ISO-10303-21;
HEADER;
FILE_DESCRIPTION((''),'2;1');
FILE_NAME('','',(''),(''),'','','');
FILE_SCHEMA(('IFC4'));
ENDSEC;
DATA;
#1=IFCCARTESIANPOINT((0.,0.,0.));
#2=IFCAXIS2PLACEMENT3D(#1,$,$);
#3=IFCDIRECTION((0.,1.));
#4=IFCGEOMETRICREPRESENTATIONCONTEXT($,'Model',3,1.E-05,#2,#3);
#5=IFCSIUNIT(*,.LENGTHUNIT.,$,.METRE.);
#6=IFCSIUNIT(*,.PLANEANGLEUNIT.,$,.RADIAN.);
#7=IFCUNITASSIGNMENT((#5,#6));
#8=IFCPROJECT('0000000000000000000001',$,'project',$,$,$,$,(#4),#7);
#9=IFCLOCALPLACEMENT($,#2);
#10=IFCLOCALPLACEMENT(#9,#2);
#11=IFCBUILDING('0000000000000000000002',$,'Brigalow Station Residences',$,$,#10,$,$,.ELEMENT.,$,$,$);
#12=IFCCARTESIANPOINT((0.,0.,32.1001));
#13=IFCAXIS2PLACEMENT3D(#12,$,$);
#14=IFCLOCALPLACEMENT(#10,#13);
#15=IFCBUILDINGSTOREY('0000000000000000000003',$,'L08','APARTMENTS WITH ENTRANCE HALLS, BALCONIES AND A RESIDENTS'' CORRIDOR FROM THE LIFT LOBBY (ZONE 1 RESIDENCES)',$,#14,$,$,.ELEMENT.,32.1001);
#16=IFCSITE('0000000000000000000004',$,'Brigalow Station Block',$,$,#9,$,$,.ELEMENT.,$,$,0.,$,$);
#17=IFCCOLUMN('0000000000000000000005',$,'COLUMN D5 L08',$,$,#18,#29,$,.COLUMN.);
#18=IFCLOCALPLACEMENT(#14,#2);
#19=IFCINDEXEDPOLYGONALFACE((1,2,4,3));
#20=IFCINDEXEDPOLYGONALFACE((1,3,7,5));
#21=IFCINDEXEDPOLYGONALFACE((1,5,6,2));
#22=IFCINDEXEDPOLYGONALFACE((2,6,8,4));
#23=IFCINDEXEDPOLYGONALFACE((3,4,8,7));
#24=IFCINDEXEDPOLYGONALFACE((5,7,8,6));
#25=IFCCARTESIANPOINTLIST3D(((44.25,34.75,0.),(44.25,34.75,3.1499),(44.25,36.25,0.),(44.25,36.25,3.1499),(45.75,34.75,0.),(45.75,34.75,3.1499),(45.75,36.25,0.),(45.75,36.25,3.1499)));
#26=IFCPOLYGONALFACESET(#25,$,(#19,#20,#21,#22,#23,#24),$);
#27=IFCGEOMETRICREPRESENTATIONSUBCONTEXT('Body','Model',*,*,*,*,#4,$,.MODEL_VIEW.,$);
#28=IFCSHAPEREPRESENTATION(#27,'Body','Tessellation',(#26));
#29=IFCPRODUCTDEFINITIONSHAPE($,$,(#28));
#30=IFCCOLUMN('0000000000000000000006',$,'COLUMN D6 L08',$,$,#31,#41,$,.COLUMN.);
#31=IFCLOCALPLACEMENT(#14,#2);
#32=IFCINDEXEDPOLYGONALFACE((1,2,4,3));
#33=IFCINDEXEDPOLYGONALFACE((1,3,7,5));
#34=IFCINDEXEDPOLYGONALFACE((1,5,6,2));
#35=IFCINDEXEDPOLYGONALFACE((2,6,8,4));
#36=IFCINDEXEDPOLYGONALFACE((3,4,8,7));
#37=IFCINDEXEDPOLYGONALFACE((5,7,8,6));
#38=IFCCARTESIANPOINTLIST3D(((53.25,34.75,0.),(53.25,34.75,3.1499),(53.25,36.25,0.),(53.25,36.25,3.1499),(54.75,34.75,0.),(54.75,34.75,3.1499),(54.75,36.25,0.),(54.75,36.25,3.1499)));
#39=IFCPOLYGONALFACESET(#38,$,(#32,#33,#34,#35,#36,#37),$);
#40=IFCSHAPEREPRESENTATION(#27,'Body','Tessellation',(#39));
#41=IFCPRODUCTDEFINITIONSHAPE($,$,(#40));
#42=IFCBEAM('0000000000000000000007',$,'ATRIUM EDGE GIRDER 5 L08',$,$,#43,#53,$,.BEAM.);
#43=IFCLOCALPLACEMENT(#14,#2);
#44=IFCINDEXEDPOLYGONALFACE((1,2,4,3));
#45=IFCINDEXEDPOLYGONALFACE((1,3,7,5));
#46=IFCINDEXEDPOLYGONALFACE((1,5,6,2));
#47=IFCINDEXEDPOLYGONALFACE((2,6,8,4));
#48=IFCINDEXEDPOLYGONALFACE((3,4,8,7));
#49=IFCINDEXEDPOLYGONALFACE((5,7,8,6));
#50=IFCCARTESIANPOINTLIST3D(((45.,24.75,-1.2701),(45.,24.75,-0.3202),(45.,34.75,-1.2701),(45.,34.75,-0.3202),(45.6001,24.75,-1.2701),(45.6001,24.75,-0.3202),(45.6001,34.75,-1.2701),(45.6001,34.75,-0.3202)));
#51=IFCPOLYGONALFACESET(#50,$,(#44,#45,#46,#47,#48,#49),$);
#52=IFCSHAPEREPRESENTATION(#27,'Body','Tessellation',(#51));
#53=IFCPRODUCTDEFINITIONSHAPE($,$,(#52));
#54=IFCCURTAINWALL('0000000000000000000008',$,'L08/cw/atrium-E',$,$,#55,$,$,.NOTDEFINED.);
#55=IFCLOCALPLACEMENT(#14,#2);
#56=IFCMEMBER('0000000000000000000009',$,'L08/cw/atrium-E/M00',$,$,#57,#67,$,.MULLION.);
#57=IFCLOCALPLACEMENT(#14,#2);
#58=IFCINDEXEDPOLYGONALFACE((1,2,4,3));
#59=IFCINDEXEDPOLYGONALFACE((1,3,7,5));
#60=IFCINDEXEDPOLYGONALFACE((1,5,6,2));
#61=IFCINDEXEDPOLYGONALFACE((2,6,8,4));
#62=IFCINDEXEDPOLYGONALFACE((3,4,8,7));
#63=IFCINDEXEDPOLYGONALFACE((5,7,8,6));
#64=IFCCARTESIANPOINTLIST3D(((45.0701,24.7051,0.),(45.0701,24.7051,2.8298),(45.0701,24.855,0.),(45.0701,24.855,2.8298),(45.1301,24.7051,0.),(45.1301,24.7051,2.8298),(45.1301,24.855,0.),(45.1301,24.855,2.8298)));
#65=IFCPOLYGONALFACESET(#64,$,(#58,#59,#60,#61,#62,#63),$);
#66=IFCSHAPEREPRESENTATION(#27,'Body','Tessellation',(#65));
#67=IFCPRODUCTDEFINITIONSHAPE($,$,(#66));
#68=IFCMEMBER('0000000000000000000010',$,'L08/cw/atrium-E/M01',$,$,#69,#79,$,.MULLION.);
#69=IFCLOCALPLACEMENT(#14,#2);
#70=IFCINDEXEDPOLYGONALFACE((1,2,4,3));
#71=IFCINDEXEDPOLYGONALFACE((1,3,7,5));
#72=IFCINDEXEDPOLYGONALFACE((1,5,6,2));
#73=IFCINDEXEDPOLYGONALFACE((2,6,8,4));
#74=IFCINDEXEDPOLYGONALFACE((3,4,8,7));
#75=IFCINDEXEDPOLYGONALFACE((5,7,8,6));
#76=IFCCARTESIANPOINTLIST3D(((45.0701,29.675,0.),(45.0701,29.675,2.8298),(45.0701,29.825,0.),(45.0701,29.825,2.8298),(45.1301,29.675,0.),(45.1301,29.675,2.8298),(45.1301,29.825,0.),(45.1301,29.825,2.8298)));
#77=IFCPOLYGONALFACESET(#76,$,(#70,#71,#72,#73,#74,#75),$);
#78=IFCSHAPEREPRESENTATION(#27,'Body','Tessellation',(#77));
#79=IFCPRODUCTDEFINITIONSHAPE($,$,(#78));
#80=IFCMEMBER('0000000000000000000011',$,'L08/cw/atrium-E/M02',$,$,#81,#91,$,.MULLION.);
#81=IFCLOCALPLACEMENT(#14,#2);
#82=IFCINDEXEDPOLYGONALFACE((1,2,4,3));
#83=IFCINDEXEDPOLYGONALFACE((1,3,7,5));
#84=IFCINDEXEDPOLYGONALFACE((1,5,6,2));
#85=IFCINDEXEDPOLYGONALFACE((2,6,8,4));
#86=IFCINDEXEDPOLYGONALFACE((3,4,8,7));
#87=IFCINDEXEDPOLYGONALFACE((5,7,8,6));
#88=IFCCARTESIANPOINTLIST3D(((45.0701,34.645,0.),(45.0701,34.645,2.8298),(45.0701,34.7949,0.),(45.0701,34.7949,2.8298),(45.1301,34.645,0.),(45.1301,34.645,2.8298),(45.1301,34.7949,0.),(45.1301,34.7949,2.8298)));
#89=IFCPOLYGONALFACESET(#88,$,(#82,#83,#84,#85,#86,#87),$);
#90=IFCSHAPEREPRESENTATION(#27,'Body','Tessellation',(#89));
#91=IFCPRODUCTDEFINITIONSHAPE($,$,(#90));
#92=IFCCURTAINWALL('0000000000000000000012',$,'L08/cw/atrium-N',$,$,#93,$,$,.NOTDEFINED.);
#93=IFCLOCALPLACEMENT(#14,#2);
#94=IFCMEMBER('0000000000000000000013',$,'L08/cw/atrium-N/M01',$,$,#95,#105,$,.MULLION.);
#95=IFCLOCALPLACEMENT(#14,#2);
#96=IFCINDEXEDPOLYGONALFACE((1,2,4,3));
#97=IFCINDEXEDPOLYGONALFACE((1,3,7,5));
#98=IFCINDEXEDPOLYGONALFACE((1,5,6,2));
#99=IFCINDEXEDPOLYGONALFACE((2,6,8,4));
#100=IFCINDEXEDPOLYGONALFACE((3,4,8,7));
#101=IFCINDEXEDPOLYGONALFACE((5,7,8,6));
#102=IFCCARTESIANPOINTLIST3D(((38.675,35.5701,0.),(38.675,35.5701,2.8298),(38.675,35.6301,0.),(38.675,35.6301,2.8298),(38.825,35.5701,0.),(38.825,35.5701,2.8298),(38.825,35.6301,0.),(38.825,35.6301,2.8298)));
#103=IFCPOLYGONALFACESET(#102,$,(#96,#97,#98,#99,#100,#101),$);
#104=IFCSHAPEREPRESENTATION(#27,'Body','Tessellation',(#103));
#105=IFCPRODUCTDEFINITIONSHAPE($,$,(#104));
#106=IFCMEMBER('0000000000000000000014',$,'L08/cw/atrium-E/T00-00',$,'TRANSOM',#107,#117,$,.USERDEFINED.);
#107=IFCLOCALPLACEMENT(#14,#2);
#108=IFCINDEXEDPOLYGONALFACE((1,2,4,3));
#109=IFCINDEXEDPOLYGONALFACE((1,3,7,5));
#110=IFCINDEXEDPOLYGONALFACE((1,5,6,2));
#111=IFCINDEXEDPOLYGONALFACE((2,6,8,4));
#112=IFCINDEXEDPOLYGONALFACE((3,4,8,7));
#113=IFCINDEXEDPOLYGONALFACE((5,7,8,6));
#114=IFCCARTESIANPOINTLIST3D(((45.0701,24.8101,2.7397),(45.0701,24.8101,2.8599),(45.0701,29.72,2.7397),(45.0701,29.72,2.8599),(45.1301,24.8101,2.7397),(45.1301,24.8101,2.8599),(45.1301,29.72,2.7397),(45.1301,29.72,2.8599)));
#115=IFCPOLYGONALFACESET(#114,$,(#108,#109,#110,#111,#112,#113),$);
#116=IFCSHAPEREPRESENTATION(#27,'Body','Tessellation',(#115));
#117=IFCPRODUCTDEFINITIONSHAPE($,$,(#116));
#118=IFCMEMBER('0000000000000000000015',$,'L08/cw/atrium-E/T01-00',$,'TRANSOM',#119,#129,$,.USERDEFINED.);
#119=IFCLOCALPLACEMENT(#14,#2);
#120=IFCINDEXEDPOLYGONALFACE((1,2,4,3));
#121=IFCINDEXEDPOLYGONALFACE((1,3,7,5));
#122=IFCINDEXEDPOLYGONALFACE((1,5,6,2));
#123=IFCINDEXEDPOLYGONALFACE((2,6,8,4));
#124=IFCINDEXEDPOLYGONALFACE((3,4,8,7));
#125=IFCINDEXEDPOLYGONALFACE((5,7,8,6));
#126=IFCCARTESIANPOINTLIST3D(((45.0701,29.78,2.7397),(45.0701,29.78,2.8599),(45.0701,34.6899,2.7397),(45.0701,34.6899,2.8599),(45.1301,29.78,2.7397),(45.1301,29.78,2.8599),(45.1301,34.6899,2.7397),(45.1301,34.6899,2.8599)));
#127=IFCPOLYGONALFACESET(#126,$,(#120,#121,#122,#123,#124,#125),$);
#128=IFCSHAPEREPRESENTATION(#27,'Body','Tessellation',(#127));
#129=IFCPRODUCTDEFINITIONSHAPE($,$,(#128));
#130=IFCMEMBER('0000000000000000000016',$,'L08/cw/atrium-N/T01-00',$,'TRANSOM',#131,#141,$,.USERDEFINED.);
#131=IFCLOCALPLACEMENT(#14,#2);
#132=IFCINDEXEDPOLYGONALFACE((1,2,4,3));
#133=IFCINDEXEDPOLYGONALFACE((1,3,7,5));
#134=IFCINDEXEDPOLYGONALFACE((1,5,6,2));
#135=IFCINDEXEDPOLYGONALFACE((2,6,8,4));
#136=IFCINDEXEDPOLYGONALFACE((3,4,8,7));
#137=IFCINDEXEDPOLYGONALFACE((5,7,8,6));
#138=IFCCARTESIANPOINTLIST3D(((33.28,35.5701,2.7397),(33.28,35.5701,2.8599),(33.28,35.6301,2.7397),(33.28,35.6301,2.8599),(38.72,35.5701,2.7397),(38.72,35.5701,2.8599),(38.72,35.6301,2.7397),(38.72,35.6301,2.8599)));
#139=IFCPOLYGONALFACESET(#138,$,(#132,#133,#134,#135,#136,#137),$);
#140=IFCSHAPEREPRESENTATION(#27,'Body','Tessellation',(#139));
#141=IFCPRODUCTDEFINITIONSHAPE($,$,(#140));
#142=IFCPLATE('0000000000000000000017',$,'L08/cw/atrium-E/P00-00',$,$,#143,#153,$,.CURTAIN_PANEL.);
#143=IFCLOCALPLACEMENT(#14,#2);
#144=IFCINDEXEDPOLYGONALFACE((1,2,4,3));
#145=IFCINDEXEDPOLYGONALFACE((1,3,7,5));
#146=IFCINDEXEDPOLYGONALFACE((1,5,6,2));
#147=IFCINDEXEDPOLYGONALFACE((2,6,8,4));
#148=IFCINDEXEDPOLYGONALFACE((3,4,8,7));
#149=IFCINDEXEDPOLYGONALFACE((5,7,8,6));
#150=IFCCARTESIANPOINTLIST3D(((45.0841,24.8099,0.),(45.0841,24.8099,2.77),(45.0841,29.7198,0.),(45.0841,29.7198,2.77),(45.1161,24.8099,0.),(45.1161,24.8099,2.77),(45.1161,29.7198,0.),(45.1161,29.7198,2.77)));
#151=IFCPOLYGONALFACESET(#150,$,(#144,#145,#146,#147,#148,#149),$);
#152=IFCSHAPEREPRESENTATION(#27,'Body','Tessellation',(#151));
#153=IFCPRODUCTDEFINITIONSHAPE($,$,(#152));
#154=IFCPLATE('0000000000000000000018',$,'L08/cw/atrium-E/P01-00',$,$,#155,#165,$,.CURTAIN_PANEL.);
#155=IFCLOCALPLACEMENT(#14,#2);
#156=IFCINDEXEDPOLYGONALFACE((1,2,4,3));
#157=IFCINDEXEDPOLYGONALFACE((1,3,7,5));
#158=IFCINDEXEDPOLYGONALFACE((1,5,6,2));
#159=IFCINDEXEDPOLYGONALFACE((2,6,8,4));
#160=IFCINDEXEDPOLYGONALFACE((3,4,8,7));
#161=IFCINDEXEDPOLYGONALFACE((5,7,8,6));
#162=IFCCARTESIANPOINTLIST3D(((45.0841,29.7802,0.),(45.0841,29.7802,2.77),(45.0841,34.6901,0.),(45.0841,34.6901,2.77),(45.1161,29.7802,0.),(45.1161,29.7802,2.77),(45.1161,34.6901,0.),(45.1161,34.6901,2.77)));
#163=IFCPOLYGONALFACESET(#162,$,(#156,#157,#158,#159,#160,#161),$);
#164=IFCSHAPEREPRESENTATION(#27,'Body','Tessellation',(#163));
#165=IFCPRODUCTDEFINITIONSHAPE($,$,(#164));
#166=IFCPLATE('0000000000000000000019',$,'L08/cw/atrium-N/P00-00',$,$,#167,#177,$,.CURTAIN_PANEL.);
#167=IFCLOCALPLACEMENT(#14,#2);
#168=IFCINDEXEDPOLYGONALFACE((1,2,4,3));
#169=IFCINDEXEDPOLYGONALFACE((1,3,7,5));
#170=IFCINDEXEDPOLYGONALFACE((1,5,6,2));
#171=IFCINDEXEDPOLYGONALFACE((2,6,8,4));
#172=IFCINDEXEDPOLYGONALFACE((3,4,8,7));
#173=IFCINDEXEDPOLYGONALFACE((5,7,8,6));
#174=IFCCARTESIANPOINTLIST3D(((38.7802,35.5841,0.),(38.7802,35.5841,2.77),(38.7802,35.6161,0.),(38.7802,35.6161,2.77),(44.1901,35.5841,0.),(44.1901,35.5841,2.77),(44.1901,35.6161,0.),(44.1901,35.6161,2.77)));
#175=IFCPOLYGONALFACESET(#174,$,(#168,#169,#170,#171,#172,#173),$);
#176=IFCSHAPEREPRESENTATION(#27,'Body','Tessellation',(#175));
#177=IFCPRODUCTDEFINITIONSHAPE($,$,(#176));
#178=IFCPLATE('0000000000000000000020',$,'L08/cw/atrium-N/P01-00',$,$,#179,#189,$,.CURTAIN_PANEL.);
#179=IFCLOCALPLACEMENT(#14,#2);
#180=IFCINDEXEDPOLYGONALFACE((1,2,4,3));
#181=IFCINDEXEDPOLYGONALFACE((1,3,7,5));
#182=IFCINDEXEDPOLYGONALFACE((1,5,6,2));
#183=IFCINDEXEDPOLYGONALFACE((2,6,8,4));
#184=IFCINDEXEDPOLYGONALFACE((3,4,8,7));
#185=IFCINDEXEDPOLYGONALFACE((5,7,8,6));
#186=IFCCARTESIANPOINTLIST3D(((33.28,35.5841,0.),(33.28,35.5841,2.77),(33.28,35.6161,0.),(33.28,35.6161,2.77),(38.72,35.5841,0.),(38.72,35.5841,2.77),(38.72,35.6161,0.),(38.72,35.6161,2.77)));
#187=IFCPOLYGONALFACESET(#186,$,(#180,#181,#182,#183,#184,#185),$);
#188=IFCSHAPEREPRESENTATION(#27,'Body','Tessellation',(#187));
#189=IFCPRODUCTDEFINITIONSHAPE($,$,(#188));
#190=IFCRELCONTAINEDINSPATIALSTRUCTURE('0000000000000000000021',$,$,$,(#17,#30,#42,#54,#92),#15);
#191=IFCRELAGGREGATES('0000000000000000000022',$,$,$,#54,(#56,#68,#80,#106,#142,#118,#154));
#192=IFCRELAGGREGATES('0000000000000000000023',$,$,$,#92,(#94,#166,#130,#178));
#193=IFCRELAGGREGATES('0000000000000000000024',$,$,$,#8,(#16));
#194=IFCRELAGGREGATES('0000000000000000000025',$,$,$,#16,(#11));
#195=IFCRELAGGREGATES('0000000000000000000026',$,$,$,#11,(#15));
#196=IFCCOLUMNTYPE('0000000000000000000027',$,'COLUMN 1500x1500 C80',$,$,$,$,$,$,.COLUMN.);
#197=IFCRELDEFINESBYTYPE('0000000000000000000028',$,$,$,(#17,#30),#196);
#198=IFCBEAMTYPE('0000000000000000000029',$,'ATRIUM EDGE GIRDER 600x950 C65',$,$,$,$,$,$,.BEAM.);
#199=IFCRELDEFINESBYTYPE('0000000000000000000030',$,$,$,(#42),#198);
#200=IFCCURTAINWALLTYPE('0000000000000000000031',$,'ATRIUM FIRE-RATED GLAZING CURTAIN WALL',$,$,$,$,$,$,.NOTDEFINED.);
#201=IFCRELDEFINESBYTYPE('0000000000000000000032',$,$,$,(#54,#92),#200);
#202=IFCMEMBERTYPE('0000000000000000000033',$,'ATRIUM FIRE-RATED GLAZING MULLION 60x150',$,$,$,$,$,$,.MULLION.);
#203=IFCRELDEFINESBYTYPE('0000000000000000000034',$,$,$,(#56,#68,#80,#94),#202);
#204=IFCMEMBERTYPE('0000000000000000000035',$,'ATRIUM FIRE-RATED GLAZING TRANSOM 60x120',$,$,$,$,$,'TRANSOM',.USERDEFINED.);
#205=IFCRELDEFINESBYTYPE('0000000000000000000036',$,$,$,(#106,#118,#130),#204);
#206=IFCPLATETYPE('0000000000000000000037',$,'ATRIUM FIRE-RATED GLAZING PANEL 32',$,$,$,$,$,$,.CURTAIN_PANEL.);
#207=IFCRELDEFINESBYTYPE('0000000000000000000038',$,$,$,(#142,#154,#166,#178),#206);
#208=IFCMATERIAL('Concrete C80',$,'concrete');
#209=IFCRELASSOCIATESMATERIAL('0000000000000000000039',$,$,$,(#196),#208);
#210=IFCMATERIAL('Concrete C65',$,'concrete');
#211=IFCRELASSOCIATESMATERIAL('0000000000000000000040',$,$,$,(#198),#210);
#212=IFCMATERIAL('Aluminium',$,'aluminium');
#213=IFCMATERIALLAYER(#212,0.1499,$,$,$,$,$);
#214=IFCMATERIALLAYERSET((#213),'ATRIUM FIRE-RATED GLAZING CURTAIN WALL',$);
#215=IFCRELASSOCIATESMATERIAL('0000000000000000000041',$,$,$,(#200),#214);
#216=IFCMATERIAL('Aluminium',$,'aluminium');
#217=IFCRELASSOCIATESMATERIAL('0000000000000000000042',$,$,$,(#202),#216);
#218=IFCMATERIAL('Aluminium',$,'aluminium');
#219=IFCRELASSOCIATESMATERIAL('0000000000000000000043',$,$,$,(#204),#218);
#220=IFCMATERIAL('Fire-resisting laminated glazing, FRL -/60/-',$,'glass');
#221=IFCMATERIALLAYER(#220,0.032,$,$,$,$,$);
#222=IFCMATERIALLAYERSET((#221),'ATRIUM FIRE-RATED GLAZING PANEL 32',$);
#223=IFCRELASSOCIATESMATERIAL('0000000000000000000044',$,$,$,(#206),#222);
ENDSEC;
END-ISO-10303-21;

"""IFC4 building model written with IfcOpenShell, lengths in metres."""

from ifc_helpers import new_model, si_unit, direction, frame, origin, origin_2d, place, context, subcontext, project, spatial, rectangle, extrude, material, layer, layer_set, material_profile, profile_set, type_object, element, aggregate, save


model = new_model("IFC4")

# Units and contexts
model_context = context("Model", 3, precision=1e-05, world=origin(), true_north=direction((0.0, 1.0)))
body_context = subcontext(model_context, "Body", "Model", "MODEL_VIEW")
ifc_project = project(units=[si_unit("LENGTHUNIT", "METRE"), si_unit("PLANEANGLEUNIT", "RADIAN")], contexts=[model_context])

# Site, building, storey
site_placement = place(None, origin())
site = spatial("IfcSite", under=ifc_project, at=site_placement, Name="Brigalow Station Block", CompositionType="ELEMENT", RefElevation=0.0)
building_placement = place(site_placement, origin())
building = spatial("IfcBuilding", under=site, at=building_placement, Name="Brigalow Station Residences", CompositionType="ELEMENT")
storey_placement = place(building_placement, frame((0.0, 0.0, 32.1001)))
storey = spatial("IfcBuildingStorey", under=building, at=storey_placement, Name="L08", Description="APARTMENTS WITH ENTRANCE HALLS, BALCONIES AND A RESIDENTS' CORRIDOR FROM THE LIFT LOBBY (ZONE 1 RESIDENCES)", CompositionType="ELEMENT", Elevation=32.1001)

# Columns
ifc_material_1 = material(Name="Concrete C80", Category="concrete")
ifc_material_profile_1 = material_profile(ifc_material_1, rectangle(XDim=1.5, YDim=1.5, at=origin_2d()), Name="RC1500x1500")
ifc_profile_set_1 = profile_set([ifc_material_profile_1], Name="Concrete C80")
column_type = type_object("IfcColumnType", Name="COLUMN 1500x1500 C80", PredefinedType="COLUMN", material=ifc_profile_set_1)
for number, where, z_axis, x_axis, name in (
    (1, (45.0, 35.5, 0.0), (0.0, 0.0, 1.0), (1.0, 0.0, 0.0), "COLUMN D5 L08"),
    (2, (54.0, 35.5, 0.0), (0.0, 0.0, 1.0), (1.0, 0.0, 0.0), "COLUMN D6 L08"),
):
    element("IfcColumn", number, at=place(storey_placement, frame(where, z_axis=z_axis, x_axis=x_axis)), inside=storey, type_object=column_type, Name=name, PredefinedType="COLUMN", context=body_context, shape_type="SweptSolid", body=[
        extrude(rectangle(XDim=1.5, YDim=1.5, at=origin_2d()), origin(), (0.0, 0.0, 1.0), 3.1499),
    ])

# Beam
ifc_material_2 = material(Name="Concrete C65", Category="concrete")
ifc_material_profile_2 = material_profile(ifc_material_2, rectangle(XDim=0.6001, YDim=0.95, at=origin_2d()), Name="RC600x950")
ifc_profile_set_2 = profile_set([ifc_material_profile_2], Name="Concrete C65")
beam_type = type_object("IfcBeamType", Name="ATRIUM EDGE GIRDER 600x950 C65", PredefinedType="BEAM", material=ifc_profile_set_2)
beam_placement = place(storey_placement, frame((45.3, 24.75, -0.7952), z_axis=(0.0, 1.0, 0.0), x_axis=(-1.0, 0.0, 0.0)))
element("IfcBeam", 3, at=beam_placement, inside=storey, type_object=beam_type, Name="ATRIUM EDGE GIRDER 5 L08", PredefinedType="BEAM", context=body_context, shape_type="SweptSolid", body=[
    extrude(rectangle(XDim=0.6001, YDim=0.95, at=origin_2d()), origin(), (0.0, 0.0, 1.0), 10.0),
])

# Curtain wall, members
ifc_material_3 = material(Name="Aluminium", Category="aluminium")
ifc_layer_1 = layer(ifc_material_3, 0.1499)
ifc_layer_set_1 = layer_set([ifc_layer_1], Name="ATRIUM FIRE-RATED GLAZING CURTAIN WALL")
curtain_wall_type = type_object("IfcCurtainWallType", Name="ATRIUM FIRE-RATED GLAZING CURTAIN WALL", PredefinedType="NOTDEFINED", material=ifc_layer_set_1)
curtain_wall_1_placement = place(storey_placement, origin())
curtain_wall_1 = element("IfcCurtainWall", 4, at=curtain_wall_1_placement, inside=storey, type_object=curtain_wall_type, Name="L08/cw/atrium-E", PredefinedType="NOTDEFINED")
ifc_material_4 = material(Name="Aluminium", Category="aluminium")
ifc_material_profile_3 = material_profile(ifc_material_4, rectangle(XDim=0.0601, YDim=0.1499, at=origin_2d()), Name="ATRIUM FIRE-RATED GLAZING MULLION 60x150")
ifc_profile_set_3 = profile_set([ifc_material_profile_3], Name="Aluminium")
member_type_1 = type_object("IfcMemberType", Name="ATRIUM FIRE-RATED GLAZING MULLION 60x150", PredefinedType="MULLION", material=ifc_profile_set_3)
member_1_placement = place(storey_placement, frame((45.1001, 24.78, 0.0), z_axis=(0.0, 0.0, 1.0), x_axis=(-1.0, 0.0, 0.0)))
member_1 = element("IfcMember", 5, at=member_1_placement, type_object=member_type_1, Name="L08/cw/atrium-E/M00", PredefinedType="MULLION", context=body_context, shape_type="SweptSolid", body=[
    extrude(rectangle(XDim=0.0601, YDim=0.1499, at=origin_2d()), origin(), (0.0, 0.0, 1.0), 2.8298),
])
member_2_placement = place(storey_placement, frame((45.1001, 29.75, 0.0), z_axis=(0.0, 0.0, 1.0), x_axis=(-1.0, 0.0, 0.0)))
member_2 = element("IfcMember", 6, at=member_2_placement, type_object=member_type_1, Name="L08/cw/atrium-E/M01", PredefinedType="MULLION", context=body_context, shape_type="SweptSolid", body=[
    extrude(rectangle(XDim=0.0601, YDim=0.1499, at=origin_2d()), origin(), (0.0, 0.0, 1.0), 2.8298),
])
member_3_placement = place(storey_placement, frame((45.1001, 34.72, 0.0), z_axis=(0.0, 0.0, 1.0), x_axis=(-1.0, 0.0, 0.0)))
member_3 = element("IfcMember", 7, at=member_3_placement, type_object=member_type_1, Name="L08/cw/atrium-E/M02", PredefinedType="MULLION", context=body_context, shape_type="SweptSolid", body=[
    extrude(rectangle(XDim=0.0601, YDim=0.1499, at=origin_2d()), origin(), (0.0, 0.0, 1.0), 2.8298),
])

# Curtain wall, member
curtain_wall_2_placement = place(storey_placement, origin())
curtain_wall_2 = element("IfcCurtainWall", 8, at=curtain_wall_2_placement, inside=storey, type_object=curtain_wall_type, Name="L08/cw/atrium-N", PredefinedType="NOTDEFINED")
member_4_placement = place(storey_placement, frame((38.75, 35.6001, 0.0), z_axis=(0.0, 0.0, 1.0), x_axis=(0.0, -1.0, 0.0)))
member_4 = element("IfcMember", 9, at=member_4_placement, type_object=member_type_1, Name="L08/cw/atrium-N/M01", PredefinedType="MULLION", context=body_context, shape_type="SweptSolid", body=[
    extrude(rectangle(XDim=0.0601, YDim=0.1499, at=origin_2d()), origin(), (0.0, 0.0, 1.0), 2.8298),
])

# Members
ifc_material_5 = material(Name="Aluminium", Category="aluminium")
ifc_material_profile_4 = material_profile(ifc_material_5, rectangle(XDim=0.0601, YDim=0.1201, at=origin_2d()), Name="ATRIUM FIRE-RATED GLAZING TRANSOM 60x120")
ifc_profile_set_4 = profile_set([ifc_material_profile_4], Name="Aluminium")
member_type_2 = type_object("IfcMemberType", Name="ATRIUM FIRE-RATED GLAZING TRANSOM 60x120", ElementType="TRANSOM", PredefinedType="USERDEFINED", material=ifc_profile_set_4)
member_5_placement = place(storey_placement, frame((45.1001, 24.8101, 2.7998), z_axis=(0.0, 1.0, 0.0), x_axis=(-1.0, 0.0, 0.0)))
member_5 = element("IfcMember", 10, at=member_5_placement, type_object=member_type_2, Name="L08/cw/atrium-E/T00-00", ObjectType="TRANSOM", PredefinedType="USERDEFINED", context=body_context, shape_type="SweptSolid", body=[
    extrude(rectangle(XDim=0.0601, YDim=0.1201, at=origin_2d()), origin(), (0.0, 0.0, 1.0), 4.9099),
])
member_6_placement = place(storey_placement, frame((45.1001, 29.78, 2.7998), z_axis=(0.0, 1.0, 0.0), x_axis=(-1.0, 0.0, 0.0)))
member_6 = element("IfcMember", 11, at=member_6_placement, type_object=member_type_2, Name="L08/cw/atrium-E/T01-00", ObjectType="TRANSOM", PredefinedType="USERDEFINED", context=body_context, shape_type="SweptSolid", body=[
    extrude(rectangle(XDim=0.0601, YDim=0.1201, at=origin_2d()), origin(), (0.0, 0.0, 1.0), 4.9099),
])
member_7_placement = place(storey_placement, frame((38.72, 35.6001, 2.7998), z_axis=(-1.0, 0.0, 0.0), x_axis=(0.0, -1.0, 0.0)))
member_7 = element("IfcMember", 12, at=member_7_placement, type_object=member_type_2, Name="L08/cw/atrium-N/T01-00", ObjectType="TRANSOM", PredefinedType="USERDEFINED", context=body_context, shape_type="SweptSolid", body=[
    extrude(rectangle(XDim=0.0601, YDim=0.1201, at=origin_2d()), origin(), (0.0, 0.0, 1.0), 5.4399),
])

# Plates
ifc_material_6 = material(Name="Fire-resisting laminated glazing, FRL -/60/-", Category="glass")
ifc_layer_2 = layer(ifc_material_6, 0.032)
ifc_layer_set_2 = layer_set([ifc_layer_2], Name="ATRIUM FIRE-RATED GLAZING PANEL 32")
plate_type = type_object("IfcPlateType", Name="ATRIUM FIRE-RATED GLAZING PANEL 32", PredefinedType="CURTAIN_PANEL", material=ifc_layer_set_2)
plate_1_placement = place(storey_placement, frame((45.1001, 27.2649, 0.0), z_axis=(0.0, 0.0, 1.0), x_axis=(0.0, 1.0, 0.0)))
plate_1 = element("IfcPlate", 13, at=plate_1_placement, type_object=plate_type, Name="L08/cw/atrium-E/P00-00", PredefinedType="CURTAIN_PANEL", context=body_context, shape_type="SweptSolid", body=[
    extrude(rectangle(XDim=4.9099, YDim=0.032, at=origin_2d()), origin(), (0.0, 0.0, 1.0), 2.77),
])
plate_2_placement = place(storey_placement, frame((45.1001, 32.2351, 0.0), z_axis=(0.0, 0.0, 1.0), x_axis=(0.0, 1.0, 0.0)))
plate_2 = element("IfcPlate", 14, at=plate_2_placement, type_object=plate_type, Name="L08/cw/atrium-E/P01-00", PredefinedType="CURTAIN_PANEL", context=body_context, shape_type="SweptSolid", body=[
    extrude(rectangle(XDim=4.9099, YDim=0.032, at=origin_2d()), origin(), (0.0, 0.0, 1.0), 2.77),
])
aggregate(curtain_wall_1, [member_1, member_2, member_3, member_5, plate_1, member_6, plate_2])
plate_3_placement = place(storey_placement, frame((41.4851, 35.6001, 0.0), z_axis=(0.0, 0.0, 1.0), x_axis=(-1.0, 0.0, 0.0)))
plate_3 = element("IfcPlate", 15, at=plate_3_placement, type_object=plate_type, Name="L08/cw/atrium-N/P00-00", PredefinedType="CURTAIN_PANEL", context=body_context, shape_type="SweptSolid", body=[
    extrude(rectangle(XDim=5.4099, YDim=0.032, at=origin_2d()), origin(), (0.0, 0.0, 1.0), 2.77),
])
plate_4_placement = place(storey_placement, frame((36.0, 35.6001, 0.0), z_axis=(0.0, 0.0, 1.0), x_axis=(-1.0, 0.0, 0.0)))
plate_4 = element("IfcPlate", 16, at=plate_4_placement, type_object=plate_type, Name="L08/cw/atrium-N/P01-00", PredefinedType="CURTAIN_PANEL", context=body_context, shape_type="SweptSolid", body=[
    extrude(rectangle(XDim=5.4399, YDim=0.032, at=origin_2d()), origin(), (0.0, 0.0, 1.0), 2.77),
])
aggregate(curtain_wall_2, [member_4, plate_3, member_7, plate_4])

save(model, "model.ifc")
